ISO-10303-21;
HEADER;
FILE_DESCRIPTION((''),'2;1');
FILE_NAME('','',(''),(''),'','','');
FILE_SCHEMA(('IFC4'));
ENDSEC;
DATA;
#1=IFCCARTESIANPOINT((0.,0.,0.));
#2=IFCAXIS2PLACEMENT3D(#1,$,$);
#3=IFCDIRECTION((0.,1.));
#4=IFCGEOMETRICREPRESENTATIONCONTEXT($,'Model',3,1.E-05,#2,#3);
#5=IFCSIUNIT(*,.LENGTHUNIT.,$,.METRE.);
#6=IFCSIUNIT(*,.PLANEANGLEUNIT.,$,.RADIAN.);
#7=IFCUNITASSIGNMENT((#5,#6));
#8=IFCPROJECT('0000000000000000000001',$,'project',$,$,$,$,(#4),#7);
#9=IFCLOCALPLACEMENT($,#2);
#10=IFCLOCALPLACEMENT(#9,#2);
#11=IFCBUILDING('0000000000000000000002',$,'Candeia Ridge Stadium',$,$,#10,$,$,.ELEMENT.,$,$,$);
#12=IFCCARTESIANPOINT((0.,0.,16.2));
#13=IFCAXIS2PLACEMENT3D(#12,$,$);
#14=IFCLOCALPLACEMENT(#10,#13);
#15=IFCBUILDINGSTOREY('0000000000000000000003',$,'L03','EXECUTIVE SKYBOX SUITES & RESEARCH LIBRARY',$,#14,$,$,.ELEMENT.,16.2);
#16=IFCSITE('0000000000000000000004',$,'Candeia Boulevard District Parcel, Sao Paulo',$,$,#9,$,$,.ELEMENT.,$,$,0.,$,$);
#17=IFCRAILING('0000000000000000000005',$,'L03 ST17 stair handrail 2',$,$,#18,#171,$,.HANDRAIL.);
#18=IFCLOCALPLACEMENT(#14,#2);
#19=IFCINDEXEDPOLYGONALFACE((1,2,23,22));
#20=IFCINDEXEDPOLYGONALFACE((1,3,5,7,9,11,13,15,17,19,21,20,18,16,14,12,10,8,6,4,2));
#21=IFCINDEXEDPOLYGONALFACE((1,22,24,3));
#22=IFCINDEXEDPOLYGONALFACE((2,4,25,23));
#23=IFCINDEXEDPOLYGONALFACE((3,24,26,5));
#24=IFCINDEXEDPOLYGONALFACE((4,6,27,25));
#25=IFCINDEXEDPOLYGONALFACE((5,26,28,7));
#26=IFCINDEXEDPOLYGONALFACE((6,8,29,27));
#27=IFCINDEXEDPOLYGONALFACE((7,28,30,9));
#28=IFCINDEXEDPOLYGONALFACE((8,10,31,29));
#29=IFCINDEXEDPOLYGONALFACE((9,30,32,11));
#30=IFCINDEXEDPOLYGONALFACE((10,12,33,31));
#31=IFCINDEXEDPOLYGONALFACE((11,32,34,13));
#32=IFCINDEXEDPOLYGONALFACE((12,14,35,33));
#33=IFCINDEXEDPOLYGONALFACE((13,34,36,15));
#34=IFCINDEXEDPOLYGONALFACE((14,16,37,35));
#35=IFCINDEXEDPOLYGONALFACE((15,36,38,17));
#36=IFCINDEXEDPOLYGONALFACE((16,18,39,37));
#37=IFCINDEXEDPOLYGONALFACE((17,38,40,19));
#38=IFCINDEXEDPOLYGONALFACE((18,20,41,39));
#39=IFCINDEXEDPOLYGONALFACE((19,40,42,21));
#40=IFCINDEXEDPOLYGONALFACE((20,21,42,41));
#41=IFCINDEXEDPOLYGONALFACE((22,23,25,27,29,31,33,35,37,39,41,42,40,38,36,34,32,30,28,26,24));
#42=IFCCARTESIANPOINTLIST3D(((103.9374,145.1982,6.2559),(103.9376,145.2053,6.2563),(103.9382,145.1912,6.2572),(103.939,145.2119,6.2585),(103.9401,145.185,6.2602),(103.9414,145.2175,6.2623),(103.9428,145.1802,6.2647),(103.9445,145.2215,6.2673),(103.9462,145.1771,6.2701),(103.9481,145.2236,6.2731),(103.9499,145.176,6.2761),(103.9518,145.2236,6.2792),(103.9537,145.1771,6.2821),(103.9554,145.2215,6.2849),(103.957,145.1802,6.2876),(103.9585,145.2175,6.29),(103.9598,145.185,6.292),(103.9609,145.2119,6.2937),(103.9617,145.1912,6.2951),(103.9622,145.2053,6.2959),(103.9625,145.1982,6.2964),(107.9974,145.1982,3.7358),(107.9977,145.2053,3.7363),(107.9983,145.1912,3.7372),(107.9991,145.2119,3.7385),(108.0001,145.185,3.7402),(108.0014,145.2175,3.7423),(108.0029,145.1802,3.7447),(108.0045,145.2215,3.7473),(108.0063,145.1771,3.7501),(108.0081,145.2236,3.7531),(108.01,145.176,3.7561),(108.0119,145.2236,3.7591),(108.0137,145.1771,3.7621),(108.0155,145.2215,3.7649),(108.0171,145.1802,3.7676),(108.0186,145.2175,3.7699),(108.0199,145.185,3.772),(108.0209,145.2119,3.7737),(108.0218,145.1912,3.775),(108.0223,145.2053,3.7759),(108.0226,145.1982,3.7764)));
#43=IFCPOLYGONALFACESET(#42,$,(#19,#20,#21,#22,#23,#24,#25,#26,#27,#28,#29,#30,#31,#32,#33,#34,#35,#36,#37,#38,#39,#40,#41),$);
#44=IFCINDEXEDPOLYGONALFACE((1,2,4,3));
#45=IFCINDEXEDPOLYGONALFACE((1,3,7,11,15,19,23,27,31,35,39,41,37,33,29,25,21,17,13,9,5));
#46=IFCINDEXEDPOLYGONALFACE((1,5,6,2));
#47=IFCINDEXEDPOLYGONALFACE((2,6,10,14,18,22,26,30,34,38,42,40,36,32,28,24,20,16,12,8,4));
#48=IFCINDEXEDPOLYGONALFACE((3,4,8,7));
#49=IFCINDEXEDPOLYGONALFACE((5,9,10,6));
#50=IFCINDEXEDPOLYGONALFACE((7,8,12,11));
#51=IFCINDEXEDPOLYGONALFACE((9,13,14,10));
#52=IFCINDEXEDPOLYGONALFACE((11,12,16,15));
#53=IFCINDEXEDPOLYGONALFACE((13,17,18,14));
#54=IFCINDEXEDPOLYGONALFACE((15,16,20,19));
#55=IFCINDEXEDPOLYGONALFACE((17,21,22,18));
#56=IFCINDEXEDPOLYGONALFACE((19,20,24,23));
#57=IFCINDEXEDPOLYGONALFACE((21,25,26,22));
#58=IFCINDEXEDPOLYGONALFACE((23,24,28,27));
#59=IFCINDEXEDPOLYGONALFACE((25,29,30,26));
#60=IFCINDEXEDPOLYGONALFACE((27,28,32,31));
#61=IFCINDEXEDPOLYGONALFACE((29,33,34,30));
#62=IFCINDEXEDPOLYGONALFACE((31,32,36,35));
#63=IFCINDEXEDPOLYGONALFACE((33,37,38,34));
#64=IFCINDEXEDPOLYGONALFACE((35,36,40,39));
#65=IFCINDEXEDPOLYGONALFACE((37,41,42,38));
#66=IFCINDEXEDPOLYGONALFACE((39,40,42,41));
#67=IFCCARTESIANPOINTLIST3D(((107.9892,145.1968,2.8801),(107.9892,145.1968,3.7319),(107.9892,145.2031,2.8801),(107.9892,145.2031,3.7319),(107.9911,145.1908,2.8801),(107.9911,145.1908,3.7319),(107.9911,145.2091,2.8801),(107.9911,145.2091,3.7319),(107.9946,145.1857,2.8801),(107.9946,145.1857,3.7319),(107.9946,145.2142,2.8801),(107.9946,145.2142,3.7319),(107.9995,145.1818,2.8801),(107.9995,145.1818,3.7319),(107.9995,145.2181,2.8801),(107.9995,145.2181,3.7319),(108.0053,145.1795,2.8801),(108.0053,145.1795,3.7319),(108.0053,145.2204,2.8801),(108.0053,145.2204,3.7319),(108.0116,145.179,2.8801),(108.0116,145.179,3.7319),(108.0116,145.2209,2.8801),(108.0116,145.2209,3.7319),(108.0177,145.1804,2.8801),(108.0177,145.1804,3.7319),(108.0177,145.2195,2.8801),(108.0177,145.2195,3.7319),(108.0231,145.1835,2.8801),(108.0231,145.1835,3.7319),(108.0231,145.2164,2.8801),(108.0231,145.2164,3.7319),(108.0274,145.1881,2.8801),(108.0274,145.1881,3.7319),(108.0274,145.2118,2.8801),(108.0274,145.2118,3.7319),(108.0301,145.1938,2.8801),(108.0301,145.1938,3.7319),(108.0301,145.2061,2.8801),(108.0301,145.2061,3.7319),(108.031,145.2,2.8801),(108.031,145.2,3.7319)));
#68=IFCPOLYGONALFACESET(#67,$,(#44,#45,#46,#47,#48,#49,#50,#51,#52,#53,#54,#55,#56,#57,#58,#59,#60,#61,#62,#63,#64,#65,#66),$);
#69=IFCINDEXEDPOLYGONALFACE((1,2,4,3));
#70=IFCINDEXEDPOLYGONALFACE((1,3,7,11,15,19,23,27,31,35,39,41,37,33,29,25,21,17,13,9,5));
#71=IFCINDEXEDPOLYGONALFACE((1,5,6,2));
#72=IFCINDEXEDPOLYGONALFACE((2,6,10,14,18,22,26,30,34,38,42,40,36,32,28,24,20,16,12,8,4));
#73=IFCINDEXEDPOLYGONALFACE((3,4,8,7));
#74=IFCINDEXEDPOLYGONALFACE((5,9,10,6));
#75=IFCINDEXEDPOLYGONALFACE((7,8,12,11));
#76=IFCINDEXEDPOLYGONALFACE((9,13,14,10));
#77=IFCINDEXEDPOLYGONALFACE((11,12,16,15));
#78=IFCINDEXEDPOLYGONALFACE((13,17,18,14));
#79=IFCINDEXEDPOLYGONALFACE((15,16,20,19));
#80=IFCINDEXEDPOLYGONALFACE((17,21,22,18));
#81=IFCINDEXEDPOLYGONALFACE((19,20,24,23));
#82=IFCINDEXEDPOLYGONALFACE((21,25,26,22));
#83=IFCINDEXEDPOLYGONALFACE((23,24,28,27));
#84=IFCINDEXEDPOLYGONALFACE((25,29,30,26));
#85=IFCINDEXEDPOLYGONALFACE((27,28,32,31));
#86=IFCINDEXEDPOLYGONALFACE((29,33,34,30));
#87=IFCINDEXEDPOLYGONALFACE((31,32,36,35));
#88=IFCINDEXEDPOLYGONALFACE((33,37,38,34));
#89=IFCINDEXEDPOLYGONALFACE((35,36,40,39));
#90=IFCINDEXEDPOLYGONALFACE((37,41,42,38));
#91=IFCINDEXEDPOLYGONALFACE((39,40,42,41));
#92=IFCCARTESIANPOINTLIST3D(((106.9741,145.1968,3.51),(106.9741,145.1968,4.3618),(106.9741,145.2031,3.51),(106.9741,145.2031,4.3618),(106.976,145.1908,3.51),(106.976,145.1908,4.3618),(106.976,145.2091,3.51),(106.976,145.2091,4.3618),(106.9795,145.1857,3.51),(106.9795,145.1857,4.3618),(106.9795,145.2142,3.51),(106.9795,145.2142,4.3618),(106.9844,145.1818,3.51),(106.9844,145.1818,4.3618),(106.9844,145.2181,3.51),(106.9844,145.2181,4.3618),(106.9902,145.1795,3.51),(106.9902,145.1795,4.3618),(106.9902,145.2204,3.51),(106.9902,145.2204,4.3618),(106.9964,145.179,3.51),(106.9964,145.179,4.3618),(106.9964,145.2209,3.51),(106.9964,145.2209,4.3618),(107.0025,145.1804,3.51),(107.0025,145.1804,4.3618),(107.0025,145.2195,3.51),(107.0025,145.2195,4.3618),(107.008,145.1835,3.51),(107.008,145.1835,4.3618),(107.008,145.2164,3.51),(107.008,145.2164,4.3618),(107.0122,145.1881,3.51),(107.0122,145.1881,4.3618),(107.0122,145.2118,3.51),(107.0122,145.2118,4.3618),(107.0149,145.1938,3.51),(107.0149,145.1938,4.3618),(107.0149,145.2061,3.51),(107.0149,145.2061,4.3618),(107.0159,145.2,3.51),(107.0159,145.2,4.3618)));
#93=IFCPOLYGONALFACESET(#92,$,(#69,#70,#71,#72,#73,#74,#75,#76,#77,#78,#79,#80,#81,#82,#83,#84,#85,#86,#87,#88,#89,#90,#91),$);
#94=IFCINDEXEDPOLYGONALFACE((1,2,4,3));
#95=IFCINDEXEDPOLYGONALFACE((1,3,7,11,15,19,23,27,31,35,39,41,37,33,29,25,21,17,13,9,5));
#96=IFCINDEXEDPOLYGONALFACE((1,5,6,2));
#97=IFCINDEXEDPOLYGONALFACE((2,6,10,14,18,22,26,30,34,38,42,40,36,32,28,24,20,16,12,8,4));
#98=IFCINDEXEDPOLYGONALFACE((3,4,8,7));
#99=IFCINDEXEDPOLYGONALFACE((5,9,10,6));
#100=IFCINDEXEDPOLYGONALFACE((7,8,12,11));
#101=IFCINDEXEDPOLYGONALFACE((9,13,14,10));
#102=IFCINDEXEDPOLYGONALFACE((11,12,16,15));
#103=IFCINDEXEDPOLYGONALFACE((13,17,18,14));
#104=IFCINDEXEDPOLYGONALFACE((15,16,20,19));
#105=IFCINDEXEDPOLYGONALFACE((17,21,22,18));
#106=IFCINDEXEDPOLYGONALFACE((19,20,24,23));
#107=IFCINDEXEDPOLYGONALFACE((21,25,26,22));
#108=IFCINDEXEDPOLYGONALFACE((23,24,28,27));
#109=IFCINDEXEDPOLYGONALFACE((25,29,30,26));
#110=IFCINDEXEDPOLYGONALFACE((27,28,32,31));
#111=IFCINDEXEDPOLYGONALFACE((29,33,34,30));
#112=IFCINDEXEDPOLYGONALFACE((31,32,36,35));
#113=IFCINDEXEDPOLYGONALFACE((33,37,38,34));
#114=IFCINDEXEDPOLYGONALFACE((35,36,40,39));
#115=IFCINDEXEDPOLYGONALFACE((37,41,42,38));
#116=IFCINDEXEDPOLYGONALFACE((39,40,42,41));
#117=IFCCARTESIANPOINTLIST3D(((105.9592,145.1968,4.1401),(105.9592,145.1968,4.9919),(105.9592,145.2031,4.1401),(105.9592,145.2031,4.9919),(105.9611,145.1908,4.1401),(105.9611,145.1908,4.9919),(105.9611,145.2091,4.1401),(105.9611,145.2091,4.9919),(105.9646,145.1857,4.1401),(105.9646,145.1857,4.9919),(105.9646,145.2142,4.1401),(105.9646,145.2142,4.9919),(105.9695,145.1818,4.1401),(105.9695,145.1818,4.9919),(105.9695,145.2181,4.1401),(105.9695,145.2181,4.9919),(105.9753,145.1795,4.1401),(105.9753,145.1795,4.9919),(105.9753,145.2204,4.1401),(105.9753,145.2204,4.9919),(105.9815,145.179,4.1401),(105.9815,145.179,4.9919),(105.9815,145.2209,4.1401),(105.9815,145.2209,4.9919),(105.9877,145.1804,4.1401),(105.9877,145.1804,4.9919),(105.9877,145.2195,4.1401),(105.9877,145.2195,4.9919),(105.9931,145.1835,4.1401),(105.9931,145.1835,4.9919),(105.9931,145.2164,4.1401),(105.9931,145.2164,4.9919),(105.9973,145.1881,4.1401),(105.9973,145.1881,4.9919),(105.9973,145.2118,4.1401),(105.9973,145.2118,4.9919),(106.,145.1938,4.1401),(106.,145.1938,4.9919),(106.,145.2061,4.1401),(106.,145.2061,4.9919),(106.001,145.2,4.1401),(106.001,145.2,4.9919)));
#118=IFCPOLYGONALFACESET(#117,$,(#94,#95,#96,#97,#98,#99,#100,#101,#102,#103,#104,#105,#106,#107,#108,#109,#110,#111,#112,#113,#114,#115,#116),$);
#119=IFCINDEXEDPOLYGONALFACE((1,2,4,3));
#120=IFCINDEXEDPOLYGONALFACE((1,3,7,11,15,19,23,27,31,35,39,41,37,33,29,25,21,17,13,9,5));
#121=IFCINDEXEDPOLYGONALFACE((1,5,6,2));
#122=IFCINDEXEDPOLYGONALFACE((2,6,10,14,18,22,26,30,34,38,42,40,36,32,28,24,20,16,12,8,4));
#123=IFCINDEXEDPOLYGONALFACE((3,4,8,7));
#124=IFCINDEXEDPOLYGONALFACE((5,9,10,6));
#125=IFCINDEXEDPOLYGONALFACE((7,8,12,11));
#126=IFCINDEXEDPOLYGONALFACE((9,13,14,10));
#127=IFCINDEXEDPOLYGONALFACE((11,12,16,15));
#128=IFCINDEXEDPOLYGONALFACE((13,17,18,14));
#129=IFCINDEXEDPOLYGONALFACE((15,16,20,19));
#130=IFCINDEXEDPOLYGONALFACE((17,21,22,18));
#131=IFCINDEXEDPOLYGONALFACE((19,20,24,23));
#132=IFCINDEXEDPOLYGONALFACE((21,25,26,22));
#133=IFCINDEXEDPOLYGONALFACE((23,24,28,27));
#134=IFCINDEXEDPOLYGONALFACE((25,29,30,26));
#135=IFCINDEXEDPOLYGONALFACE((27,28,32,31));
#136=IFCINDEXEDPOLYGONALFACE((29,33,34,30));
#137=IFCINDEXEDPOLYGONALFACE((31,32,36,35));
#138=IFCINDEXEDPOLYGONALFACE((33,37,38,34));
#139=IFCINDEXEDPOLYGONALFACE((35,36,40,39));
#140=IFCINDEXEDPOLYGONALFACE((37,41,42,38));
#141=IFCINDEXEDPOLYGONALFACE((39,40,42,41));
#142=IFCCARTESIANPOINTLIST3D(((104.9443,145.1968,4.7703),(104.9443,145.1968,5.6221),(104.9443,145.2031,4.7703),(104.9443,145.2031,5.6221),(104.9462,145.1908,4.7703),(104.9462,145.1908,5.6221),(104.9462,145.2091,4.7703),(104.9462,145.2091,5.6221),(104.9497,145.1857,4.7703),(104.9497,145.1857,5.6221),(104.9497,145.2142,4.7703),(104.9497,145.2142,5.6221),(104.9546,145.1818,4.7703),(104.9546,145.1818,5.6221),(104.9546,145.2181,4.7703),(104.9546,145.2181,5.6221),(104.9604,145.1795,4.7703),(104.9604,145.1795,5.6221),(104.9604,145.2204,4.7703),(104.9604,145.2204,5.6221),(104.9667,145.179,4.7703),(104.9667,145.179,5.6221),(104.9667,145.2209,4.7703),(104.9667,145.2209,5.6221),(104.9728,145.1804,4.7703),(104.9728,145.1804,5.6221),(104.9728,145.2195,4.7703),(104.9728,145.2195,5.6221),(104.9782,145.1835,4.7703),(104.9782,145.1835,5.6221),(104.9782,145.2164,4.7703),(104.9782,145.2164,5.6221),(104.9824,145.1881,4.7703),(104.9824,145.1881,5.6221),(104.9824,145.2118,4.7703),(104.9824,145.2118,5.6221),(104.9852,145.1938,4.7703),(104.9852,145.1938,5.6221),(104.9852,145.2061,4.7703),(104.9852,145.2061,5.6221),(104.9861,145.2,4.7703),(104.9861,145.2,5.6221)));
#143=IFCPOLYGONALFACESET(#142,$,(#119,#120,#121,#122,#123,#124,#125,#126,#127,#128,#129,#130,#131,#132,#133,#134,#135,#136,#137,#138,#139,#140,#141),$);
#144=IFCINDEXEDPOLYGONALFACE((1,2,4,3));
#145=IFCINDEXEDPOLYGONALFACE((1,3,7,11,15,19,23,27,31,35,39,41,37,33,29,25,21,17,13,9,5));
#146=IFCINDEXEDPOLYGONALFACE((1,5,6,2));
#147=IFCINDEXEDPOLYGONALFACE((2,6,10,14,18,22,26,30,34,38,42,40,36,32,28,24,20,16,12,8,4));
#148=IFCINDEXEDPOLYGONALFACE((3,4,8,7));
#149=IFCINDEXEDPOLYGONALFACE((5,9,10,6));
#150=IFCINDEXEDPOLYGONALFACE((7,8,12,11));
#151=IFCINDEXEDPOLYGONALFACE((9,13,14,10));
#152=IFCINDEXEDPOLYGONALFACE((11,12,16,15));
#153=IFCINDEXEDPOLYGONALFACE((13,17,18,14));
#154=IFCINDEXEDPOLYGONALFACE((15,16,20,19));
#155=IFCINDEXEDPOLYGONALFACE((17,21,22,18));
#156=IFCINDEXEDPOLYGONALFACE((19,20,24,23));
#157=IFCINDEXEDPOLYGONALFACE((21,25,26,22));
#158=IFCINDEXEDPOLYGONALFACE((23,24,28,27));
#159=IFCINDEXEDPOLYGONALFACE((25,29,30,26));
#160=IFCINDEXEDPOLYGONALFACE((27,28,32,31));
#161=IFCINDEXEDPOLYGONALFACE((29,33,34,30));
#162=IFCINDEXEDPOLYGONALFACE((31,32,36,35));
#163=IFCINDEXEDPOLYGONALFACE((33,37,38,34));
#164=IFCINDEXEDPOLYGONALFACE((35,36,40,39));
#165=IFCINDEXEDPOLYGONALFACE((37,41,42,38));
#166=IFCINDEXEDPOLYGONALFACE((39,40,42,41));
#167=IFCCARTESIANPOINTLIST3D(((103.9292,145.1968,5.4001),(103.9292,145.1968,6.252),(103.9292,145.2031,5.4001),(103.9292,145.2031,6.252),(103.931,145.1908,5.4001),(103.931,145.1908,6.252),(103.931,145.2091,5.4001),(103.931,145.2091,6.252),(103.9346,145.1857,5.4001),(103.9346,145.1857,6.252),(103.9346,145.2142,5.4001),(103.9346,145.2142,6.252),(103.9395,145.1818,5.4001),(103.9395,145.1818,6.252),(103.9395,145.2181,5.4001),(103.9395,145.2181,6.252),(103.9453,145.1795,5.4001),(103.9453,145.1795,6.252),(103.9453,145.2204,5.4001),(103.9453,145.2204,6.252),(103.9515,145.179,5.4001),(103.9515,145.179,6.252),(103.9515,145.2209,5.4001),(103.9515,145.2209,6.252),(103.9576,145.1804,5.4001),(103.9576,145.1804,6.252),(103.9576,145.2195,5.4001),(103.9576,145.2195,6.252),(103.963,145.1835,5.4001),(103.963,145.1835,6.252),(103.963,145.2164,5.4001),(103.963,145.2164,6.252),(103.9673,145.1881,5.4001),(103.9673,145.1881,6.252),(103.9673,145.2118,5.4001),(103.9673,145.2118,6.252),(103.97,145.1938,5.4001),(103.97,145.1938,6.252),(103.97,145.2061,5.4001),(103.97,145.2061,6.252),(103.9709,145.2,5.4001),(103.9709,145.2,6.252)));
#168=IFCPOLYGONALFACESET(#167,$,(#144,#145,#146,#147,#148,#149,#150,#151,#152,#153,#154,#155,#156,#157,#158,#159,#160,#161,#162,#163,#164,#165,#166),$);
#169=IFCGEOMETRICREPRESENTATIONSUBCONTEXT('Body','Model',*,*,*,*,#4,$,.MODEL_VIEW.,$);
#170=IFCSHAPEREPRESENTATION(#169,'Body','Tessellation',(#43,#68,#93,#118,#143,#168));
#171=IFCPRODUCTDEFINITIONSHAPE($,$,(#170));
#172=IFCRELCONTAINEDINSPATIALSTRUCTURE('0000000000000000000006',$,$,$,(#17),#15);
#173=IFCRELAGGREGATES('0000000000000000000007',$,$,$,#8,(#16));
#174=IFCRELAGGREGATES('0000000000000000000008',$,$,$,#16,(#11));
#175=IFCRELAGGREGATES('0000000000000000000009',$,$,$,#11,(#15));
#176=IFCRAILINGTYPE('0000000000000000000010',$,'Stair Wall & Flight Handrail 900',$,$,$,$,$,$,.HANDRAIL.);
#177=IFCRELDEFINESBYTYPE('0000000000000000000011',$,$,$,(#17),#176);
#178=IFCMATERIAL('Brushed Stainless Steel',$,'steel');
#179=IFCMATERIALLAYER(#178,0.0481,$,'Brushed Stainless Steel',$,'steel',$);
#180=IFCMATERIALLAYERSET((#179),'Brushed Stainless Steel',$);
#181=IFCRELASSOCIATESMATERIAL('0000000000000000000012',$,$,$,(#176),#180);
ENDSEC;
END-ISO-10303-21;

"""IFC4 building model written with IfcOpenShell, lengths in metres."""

from ifc_helpers import new_model, si_unit, direction, frame, origin, origin_2d, place, context, subcontext, project, spatial, circle, extrude, material, layer, layer_set, type_object, element, save


model = new_model("IFC4")

# Units and contexts
model_context = context("Model", 3, precision=1e-05, world=origin(), true_north=direction((0.0, 1.0)))
body_context = subcontext(model_context, "Body", "Model", "MODEL_VIEW")
ifc_project = project(units=[si_unit("LENGTHUNIT", "METRE"), si_unit("PLANEANGLEUNIT", "RADIAN")], contexts=[model_context])

# Site, building, storey
site_placement = place(None, origin())
site = spatial("IfcSite", under=ifc_project, at=site_placement, Name="Candeia Boulevard District Parcel, Sao Paulo", CompositionType="ELEMENT", RefElevation=0.0)
building_placement = place(site_placement, origin())
building = spatial("IfcBuilding", under=site, at=building_placement, Name="Candeia Ridge Stadium", CompositionType="ELEMENT")
storey_placement = place(building_placement, frame((0.0, 0.0, 16.2)))
storey = spatial("IfcBuildingStorey", under=building, at=storey_placement, Name="L03", Description="EXECUTIVE SKYBOX SUITES & RESEARCH LIBRARY", CompositionType="ELEMENT", Elevation=16.2)

# Railing
ifc_material_1 = material(Name="Brushed Stainless Steel", Category="steel")
ifc_layer_1 = layer(ifc_material_1, 0.0481, Name="Brushed Stainless Steel", Category="steel")
ifc_layer_set_1 = layer_set([ifc_layer_1], Name="Brushed Stainless Steel")
railing_type_1 = type_object("IfcRailingType", Name="Stair Wall & Flight Handrail 900", PredefinedType="HANDRAIL", material=ifc_layer_set_1)
railing_1_placement = place(storey_placement, frame((108.01, 145.2, 2.8801)))
element("IfcRailing", 1, at=railing_1_placement, inside=storey, type_object=railing_type_1, Name="L03 ST17 stair handrail 2", PredefinedType="HANDRAIL", context=body_context, shape_type="SweptSolid", body=[
    extrude(circle(Radius=0.0239, at=origin_2d()), frame((0.0, 0.0, 0.876), z_axis=(-0.849642, 0.0, 0.52736), x_axis=(0.0, -1.0, 0.0)), (0.0, 0.0, 1.0), 4.7786),
    extrude(circle(Radius=0.021, at=origin_2d()), origin(), (0.0, 0.0, 1.0), 0.8518),
    extrude(circle(Radius=0.021, at=origin_2d()), frame((-1.0151, 0.0, 0.6299)), (0.0, 0.0, 1.0), 0.8518),
    extrude(circle(Radius=0.021, at=origin_2d()), frame((-2.03, 0.0, 1.26)), (0.0, 0.0, 1.0), 0.8518),
    extrude(circle(Radius=0.021, at=origin_2d()), frame((-3.0449, 0.0, 1.8901)), (0.0, 0.0, 1.0), 0.8518),
    extrude(circle(Radius=0.021, at=origin_2d()), frame((-4.0601, 0.0, 2.52)), (0.0, 0.0, 1.0), 0.8518),
])

save(model, "model.ifc")
